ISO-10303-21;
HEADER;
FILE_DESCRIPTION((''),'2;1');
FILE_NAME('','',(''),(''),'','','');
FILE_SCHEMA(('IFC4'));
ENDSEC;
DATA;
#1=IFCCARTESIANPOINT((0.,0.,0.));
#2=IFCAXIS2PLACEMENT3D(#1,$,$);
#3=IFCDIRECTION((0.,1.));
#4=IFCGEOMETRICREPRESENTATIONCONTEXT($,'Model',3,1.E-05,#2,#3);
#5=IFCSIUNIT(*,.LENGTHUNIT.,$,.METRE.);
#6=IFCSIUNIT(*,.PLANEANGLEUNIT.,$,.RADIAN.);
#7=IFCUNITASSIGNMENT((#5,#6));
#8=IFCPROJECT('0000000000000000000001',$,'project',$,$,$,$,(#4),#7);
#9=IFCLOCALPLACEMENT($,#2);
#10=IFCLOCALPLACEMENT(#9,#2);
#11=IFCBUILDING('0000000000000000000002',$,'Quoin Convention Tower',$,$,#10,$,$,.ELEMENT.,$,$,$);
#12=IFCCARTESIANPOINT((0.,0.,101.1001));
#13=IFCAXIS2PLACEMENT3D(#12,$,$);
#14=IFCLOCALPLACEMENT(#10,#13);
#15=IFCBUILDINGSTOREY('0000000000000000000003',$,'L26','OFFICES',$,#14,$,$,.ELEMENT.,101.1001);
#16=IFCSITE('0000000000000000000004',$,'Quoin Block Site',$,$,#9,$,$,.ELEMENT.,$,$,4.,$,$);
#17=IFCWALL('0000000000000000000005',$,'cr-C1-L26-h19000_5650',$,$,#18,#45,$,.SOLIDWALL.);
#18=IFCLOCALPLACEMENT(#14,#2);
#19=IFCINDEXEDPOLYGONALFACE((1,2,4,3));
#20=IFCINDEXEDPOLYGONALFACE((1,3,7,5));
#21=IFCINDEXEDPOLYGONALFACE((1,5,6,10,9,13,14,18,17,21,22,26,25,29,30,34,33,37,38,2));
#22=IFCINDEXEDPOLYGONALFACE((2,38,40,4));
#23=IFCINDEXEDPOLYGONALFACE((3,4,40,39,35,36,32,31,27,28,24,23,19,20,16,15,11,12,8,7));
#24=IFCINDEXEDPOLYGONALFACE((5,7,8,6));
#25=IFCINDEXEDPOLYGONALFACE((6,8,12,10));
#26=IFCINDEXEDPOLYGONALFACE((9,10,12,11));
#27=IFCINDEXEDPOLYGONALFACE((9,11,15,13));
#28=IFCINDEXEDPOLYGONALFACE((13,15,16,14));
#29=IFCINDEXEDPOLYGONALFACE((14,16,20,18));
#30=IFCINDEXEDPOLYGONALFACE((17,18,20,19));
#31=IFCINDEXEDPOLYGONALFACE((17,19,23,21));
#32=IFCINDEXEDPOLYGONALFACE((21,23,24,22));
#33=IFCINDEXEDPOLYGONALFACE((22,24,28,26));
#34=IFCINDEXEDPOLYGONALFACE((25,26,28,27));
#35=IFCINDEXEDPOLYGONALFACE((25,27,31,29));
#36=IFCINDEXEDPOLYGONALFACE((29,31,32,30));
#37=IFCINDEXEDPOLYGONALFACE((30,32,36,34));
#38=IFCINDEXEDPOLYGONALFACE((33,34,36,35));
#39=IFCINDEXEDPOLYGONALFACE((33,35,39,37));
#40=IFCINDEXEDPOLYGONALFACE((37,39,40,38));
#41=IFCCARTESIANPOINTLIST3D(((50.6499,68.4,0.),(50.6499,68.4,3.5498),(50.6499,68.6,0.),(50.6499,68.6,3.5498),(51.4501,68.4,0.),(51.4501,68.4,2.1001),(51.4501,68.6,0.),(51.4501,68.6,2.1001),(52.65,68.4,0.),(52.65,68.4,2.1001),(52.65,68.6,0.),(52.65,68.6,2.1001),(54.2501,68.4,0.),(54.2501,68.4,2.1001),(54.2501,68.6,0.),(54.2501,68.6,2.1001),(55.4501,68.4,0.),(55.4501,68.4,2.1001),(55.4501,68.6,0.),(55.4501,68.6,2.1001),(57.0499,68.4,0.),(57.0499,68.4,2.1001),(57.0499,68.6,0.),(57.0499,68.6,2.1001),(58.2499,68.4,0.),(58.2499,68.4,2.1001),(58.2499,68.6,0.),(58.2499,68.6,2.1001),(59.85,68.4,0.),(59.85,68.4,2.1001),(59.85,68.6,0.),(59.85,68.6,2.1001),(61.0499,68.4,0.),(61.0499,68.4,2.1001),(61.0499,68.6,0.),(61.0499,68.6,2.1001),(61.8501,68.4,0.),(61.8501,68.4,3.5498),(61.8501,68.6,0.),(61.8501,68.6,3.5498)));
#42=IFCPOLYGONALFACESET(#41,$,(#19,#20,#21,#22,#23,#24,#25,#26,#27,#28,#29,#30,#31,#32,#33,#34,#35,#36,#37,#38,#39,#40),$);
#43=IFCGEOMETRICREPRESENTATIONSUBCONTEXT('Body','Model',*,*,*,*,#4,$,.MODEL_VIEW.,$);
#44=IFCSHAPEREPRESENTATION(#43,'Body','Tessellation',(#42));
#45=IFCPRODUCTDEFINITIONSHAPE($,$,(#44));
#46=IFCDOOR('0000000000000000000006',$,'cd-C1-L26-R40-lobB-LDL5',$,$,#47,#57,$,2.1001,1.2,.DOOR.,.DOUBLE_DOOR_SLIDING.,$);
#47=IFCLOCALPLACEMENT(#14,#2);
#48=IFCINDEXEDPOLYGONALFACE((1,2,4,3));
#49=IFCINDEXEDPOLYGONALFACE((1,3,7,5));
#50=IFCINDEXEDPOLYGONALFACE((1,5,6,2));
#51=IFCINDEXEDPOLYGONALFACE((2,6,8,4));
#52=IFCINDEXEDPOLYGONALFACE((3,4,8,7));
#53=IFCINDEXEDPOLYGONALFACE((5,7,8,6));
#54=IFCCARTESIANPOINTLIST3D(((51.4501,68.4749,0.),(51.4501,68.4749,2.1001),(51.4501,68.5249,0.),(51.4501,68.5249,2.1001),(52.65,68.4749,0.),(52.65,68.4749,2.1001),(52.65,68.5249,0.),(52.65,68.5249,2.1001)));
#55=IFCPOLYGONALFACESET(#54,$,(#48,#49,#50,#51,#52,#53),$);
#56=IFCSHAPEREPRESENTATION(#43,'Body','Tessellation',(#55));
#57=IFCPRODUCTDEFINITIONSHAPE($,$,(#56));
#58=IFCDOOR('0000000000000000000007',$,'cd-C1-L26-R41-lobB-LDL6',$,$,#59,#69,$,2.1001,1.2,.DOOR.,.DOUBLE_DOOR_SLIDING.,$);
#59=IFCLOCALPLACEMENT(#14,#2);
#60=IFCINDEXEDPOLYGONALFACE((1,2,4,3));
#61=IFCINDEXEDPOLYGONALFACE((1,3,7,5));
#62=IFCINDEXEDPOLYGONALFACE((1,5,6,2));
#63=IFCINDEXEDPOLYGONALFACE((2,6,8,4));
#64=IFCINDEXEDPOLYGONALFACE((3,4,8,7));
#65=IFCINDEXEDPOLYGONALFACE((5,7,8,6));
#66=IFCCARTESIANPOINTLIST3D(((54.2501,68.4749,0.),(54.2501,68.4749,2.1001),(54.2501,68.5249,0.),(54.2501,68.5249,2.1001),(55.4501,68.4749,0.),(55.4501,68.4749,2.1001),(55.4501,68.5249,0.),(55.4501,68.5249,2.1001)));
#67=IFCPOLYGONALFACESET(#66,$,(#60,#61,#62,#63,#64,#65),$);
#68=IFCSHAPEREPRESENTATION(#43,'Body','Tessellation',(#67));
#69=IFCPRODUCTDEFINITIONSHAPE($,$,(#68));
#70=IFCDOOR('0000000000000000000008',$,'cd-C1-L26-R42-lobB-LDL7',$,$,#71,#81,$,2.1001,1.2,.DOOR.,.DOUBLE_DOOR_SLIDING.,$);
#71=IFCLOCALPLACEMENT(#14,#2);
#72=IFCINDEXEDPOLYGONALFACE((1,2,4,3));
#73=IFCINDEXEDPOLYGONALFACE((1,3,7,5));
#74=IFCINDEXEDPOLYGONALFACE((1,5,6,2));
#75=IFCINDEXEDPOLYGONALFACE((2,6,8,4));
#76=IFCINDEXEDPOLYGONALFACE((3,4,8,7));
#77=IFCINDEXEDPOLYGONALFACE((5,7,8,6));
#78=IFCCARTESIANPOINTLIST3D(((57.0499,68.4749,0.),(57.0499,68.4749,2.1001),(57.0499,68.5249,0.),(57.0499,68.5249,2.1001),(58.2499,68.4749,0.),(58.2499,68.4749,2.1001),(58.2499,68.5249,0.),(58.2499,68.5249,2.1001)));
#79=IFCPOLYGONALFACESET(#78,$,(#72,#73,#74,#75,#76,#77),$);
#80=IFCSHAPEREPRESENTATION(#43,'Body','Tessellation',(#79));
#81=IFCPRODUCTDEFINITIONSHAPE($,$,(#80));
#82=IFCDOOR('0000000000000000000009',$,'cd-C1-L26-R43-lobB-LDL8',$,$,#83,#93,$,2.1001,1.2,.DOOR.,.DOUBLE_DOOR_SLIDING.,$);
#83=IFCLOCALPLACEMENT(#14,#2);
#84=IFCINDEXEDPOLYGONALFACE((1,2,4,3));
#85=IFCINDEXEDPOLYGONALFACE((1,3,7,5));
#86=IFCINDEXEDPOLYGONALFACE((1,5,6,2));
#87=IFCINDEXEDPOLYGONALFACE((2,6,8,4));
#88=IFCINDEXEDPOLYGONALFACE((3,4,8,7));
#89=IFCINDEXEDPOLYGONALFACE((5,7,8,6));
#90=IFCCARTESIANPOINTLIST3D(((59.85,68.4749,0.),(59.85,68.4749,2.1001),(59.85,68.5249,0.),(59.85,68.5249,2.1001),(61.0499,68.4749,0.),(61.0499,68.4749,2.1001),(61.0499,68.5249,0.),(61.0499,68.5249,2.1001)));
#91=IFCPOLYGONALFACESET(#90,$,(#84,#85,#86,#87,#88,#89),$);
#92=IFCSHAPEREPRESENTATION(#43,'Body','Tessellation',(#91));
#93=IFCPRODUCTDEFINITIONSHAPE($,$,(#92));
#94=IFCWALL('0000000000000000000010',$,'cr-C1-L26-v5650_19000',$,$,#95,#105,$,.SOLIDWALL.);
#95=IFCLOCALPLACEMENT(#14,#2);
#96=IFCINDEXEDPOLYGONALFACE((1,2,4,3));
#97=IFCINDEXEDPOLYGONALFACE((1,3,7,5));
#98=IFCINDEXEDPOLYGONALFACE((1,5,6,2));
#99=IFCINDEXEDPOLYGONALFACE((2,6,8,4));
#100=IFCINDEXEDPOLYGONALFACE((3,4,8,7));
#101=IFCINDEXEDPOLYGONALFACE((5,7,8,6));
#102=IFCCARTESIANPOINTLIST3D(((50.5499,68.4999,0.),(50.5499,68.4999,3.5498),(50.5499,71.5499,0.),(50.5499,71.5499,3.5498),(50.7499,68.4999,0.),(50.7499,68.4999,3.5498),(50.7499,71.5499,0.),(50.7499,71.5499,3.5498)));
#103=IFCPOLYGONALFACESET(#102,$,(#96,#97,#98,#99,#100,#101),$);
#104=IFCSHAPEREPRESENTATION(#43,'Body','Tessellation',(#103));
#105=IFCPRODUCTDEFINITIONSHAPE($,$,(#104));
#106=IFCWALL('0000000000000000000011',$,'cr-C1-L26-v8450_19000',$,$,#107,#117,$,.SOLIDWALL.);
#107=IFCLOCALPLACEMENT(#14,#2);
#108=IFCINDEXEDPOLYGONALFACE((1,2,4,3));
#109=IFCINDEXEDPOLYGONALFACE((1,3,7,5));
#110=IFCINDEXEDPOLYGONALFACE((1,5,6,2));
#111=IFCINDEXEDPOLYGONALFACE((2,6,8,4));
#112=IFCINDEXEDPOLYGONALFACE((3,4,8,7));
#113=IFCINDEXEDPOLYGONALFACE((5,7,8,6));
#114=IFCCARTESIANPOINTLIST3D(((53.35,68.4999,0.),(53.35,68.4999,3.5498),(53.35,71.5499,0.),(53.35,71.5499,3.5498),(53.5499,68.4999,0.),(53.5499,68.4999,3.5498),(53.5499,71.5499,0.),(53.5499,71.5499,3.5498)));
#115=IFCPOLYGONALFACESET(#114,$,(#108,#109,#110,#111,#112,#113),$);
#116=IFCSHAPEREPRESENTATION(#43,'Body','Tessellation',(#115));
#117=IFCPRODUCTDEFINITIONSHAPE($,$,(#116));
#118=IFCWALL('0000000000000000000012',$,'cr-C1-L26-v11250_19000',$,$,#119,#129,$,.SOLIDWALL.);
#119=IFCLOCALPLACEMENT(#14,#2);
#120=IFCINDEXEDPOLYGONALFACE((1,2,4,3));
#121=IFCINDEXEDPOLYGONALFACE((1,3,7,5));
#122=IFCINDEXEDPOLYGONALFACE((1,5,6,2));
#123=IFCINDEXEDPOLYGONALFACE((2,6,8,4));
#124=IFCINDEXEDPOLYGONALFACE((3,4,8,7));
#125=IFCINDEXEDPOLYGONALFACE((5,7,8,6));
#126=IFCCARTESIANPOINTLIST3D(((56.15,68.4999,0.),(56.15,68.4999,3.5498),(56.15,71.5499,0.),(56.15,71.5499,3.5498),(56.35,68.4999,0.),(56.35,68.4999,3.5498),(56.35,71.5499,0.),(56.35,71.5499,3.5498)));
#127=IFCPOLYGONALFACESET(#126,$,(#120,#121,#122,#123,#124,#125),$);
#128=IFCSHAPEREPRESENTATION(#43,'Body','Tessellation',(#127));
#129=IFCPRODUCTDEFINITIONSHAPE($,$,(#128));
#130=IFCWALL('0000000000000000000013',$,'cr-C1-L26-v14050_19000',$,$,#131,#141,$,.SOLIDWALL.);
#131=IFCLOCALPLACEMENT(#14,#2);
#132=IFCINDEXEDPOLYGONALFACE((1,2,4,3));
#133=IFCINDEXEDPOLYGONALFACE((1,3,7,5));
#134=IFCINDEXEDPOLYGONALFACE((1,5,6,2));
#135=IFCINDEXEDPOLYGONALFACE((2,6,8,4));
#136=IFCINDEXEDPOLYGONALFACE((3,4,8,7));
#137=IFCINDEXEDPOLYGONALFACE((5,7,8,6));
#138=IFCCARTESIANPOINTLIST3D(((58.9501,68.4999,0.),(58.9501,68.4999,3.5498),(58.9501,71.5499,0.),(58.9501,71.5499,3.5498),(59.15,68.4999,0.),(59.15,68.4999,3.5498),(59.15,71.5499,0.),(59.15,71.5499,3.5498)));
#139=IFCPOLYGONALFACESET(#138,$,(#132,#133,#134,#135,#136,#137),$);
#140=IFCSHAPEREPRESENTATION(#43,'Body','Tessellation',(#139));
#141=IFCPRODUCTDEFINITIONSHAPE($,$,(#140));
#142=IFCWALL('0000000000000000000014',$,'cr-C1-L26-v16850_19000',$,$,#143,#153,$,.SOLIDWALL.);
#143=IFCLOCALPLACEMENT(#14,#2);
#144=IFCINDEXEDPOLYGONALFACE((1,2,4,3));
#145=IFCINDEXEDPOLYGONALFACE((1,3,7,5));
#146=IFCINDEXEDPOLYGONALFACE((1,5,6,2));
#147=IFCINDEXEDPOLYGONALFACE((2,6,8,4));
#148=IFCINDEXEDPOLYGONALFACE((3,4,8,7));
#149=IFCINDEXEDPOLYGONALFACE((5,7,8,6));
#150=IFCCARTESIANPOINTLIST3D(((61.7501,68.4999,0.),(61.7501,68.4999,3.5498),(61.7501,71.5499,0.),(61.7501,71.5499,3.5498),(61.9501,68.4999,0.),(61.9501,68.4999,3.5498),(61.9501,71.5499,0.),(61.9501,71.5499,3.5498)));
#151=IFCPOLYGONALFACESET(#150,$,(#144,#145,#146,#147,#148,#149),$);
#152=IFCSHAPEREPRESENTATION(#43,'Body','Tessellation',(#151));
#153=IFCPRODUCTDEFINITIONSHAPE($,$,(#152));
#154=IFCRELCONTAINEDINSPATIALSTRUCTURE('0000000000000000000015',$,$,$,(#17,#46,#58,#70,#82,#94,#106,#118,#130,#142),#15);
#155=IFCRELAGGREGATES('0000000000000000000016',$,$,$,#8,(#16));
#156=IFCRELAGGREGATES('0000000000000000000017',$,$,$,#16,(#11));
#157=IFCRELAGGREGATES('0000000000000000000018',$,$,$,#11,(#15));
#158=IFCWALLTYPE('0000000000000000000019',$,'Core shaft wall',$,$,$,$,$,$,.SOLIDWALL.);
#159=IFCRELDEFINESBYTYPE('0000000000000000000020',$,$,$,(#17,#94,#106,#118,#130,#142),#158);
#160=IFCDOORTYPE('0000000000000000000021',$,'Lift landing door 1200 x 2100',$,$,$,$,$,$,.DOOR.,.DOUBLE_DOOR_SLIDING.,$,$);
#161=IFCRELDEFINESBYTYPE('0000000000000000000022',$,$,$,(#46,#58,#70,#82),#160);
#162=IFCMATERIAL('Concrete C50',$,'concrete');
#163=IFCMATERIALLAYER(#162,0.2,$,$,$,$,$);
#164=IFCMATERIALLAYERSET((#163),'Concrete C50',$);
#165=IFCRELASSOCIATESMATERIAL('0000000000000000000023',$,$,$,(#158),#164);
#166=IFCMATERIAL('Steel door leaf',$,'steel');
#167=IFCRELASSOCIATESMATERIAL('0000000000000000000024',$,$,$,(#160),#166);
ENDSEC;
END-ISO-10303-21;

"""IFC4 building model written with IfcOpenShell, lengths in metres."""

from ifc_helpers import new_model, si_unit, direction, frame, frame_2d, origin, place, context, subcontext, project, spatial, rectangle, extrude, material, layer, layer_set, type_object, element, fill, save


model = new_model("IFC4")

# Units and contexts
model_context = context("Model", 3, precision=1e-05, world=origin(), true_north=direction((0.0, 1.0)))
body_context = subcontext(model_context, "Body", "Model", "MODEL_VIEW")
ifc_project = project(units=[si_unit("LENGTHUNIT", "METRE"), si_unit("PLANEANGLEUNIT", "RADIAN")], contexts=[model_context])

# Site, building, storey
site_placement = place(None, origin())
site = spatial("IfcSite", under=ifc_project, at=site_placement, Name="Quoin Block Site", CompositionType="ELEMENT", RefElevation=4.0)
building_placement = place(site_placement, origin())
building = spatial("IfcBuilding", under=site, at=building_placement, Name="Quoin Convention Tower", CompositionType="ELEMENT")
storey_placement = place(building_placement, frame((0.0, 0.0, 101.1001)))
storey = spatial("IfcBuildingStorey", under=building, at=storey_placement, Name="L26", Description="OFFICES", CompositionType="ELEMENT", Elevation=101.1001)

# Shared definitions
ifc_material_1 = material(Name="Steel door leaf", Category="steel")

# Wall, openings, doors
ifc_material_2 = material(Name="Concrete C50", Category="concrete")
ifc_layer_1 = layer(ifc_material_2, 0.2)
ifc_layer_set_1 = layer_set([ifc_layer_1], Name="Concrete C50")
wall_type_1 = type_object("IfcWallType", Name="Core shaft wall", PredefinedType="SOLIDWALL", material=ifc_layer_set_1)
wall_1_placement = place(storey_placement, frame((50.6499, 68.5, 0.0), z_axis=(0.0, 0.0, 1.0), x_axis=(1.0, 0.0, 0.0)))
wall_1 = element("IfcWall", 1, at=wall_1_placement, inside=storey, type_object=wall_type_1, Name="cr-C1-L26-h19000_5650", PredefinedType="SOLIDWALL", context=body_context, shape_type="SweptSolid", body=[
    extrude(rectangle(XDim=11.2002, YDim=0.2, at=frame_2d((5.6001, 0.0))), origin(), (0.0, 0.0, 1.0), 3.5498),
])
opening_1_placement = place(wall_1_placement, frame((0.8, 0.0, 0.0)))
opening_1 = element("IfcOpeningElement", 2, at=opening_1_placement, cuts=wall_1, PredefinedType="OPENING", context=body_context, shape_type="SweptSolid", body=[
    extrude(rectangle(XDim=1.2, YDim=2.1001, at=frame_2d((0.6001, 1.05))), frame((0.0, 0.1099, 0.0), z_axis=(0.0, -1.0, 0.0), x_axis=(1.0, 0.0, 0.0)), (0.0, 0.0, 1.0), 0.22),
])
opening_2_placement = place(wall_1_placement, frame((3.6001, 0.0, 0.0)))
opening_2 = element("IfcOpeningElement", 3, at=opening_2_placement, cuts=wall_1, PredefinedType="OPENING", context=body_context, shape_type="SweptSolid", body=[
    extrude(rectangle(XDim=1.2, YDim=2.1001, at=frame_2d((0.6001, 1.05))), frame((0.0, 0.1099, 0.0), z_axis=(0.0, -1.0, 0.0), x_axis=(1.0, 0.0, 0.0)), (0.0, 0.0, 1.0), 0.22),
])
opening_3_placement = place(wall_1_placement, frame((6.3999, 0.0, 0.0)))
opening_3 = element("IfcOpeningElement", 4, at=opening_3_placement, cuts=wall_1, PredefinedType="OPENING", context=body_context, shape_type="SweptSolid", body=[
    extrude(rectangle(XDim=1.2, YDim=2.1001, at=frame_2d((0.6001, 1.05))), frame((0.0, 0.1099, 0.0), z_axis=(0.0, -1.0, 0.0), x_axis=(1.0, 0.0, 0.0)), (0.0, 0.0, 1.0), 0.22),
])
opening_4_placement = place(wall_1_placement, frame((9.2, 0.0, 0.0)))
opening_4 = element("IfcOpeningElement", 5, at=opening_4_placement, cuts=wall_1, PredefinedType="OPENING", context=body_context, shape_type="SweptSolid", body=[
    extrude(rectangle(XDim=1.2, YDim=2.1001, at=frame_2d((0.6001, 1.05))), frame((0.0, 0.1099, 0.0), z_axis=(0.0, -1.0, 0.0), x_axis=(1.0, 0.0, 0.0)), (0.0, 0.0, 1.0), 0.22),
])
door_type_1 = type_object("IfcDoorType", Name="Lift landing door 1200 x 2100", OperationType="DOUBLE_DOOR_SLIDING", PredefinedType="DOOR", material=ifc_material_1)
door_1_placement = place(opening_1_placement, origin())
door_1 = element("IfcDoor", 6, at=door_1_placement, inside=storey, type_object=door_type_1, Name="cd-C1-L26-R40-lobB-LDL5", OperationType="DOUBLE_DOOR_SLIDING", OverallHeight=2.1001, OverallWidth=1.2, PredefinedType="DOOR", context=body_context, shape_type="SweptSolid", body=[
    extrude(rectangle(XDim=1.2, YDim=2.1001, at=frame_2d((0.6001, 1.05))), frame((0.0, 0.0249, 0.0), z_axis=(0.0, -1.0, 0.0), x_axis=(1.0, 0.0, 0.0)), (0.0, 0.0, 1.0), 0.05),
])
fill(opening_1, door_1)
door_2_placement = place(opening_2_placement, origin())
door_2 = element("IfcDoor", 7, at=door_2_placement, inside=storey, type_object=door_type_1, Name="cd-C1-L26-R41-lobB-LDL6", OperationType="DOUBLE_DOOR_SLIDING", OverallHeight=2.1001, OverallWidth=1.2, PredefinedType="DOOR", context=body_context, shape_type="SweptSolid", body=[
    extrude(rectangle(XDim=1.2, YDim=2.1001, at=frame_2d((0.6001, 1.05))), frame((0.0, 0.0249, 0.0), z_axis=(0.0, -1.0, 0.0), x_axis=(1.0, 0.0, 0.0)), (0.0, 0.0, 1.0), 0.05),
])
fill(opening_2, door_2)
door_3_placement = place(opening_3_placement, origin())
door_3 = element("IfcDoor", 8, at=door_3_placement, inside=storey, type_object=door_type_1, Name="cd-C1-L26-R42-lobB-LDL7", OperationType="DOUBLE_DOOR_SLIDING", OverallHeight=2.1001, OverallWidth=1.2, PredefinedType="DOOR", context=body_context, shape_type="SweptSolid", body=[
    extrude(rectangle(XDim=1.2, YDim=2.1001, at=frame_2d((0.6001, 1.05))), frame((0.0, 0.0249, 0.0), z_axis=(0.0, -1.0, 0.0), x_axis=(1.0, 0.0, 0.0)), (0.0, 0.0, 1.0), 0.05),
])
fill(opening_3, door_3)
door_4_placement = place(opening_4_placement, origin())
door_4 = element("IfcDoor", 9, at=door_4_placement, inside=storey, type_object=door_type_1, Name="cd-C1-L26-R43-lobB-LDL8", OperationType="DOUBLE_DOOR_SLIDING", OverallHeight=2.1001, OverallWidth=1.2, PredefinedType="DOOR", context=body_context, shape_type="SweptSolid", body=[
    extrude(rectangle(XDim=1.2, YDim=2.1001, at=frame_2d((0.6001, 1.05))), frame((0.0, 0.0249, 0.0), z_axis=(0.0, -1.0, 0.0), x_axis=(1.0, 0.0, 0.0)), (0.0, 0.0, 1.0), 0.05),
])
fill(opening_4, door_4)

# Walls
for number, where, z_axis, x_axis, name in (
    (10, (50.6499, 68.5, 0.0), (0.0, 0.0, 1.0), (0.0, 1.0, 0.0), "cr-C1-L26-v5650_19000"),
    (11, (53.45, 68.5, 0.0), (0.0, 0.0, 1.0), (0.0, 1.0, 0.0), "cr-C1-L26-v8450_19000"),
    (12, (56.25, 68.5, 0.0), (0.0, 0.0, 1.0), (0.0, 1.0, 0.0), "cr-C1-L26-v11250_19000"),
    (13, (59.05, 68.5, 0.0), (0.0, 0.0, 1.0), (0.0, 1.0, 0.0), "cr-C1-L26-v14050_19000"),
    (14, (61.8501, 68.5, 0.0), (0.0, 0.0, 1.0), (0.0, 1.0, 0.0), "cr-C1-L26-v16850_19000"),
):
    element("IfcWall", number, at=place(storey_placement, frame(where, z_axis=z_axis, x_axis=x_axis)), inside=storey, type_object=wall_type_1, Name=name, PredefinedType="SOLIDWALL", context=body_context, shape_type="SweptSolid", body=[
        extrude(rectangle(XDim=3.05, YDim=0.2, at=frame_2d((1.5249, 0.0))), origin(), (0.0, 0.0, 1.0), 3.5498),
    ])

save(model, "model.ifc")
